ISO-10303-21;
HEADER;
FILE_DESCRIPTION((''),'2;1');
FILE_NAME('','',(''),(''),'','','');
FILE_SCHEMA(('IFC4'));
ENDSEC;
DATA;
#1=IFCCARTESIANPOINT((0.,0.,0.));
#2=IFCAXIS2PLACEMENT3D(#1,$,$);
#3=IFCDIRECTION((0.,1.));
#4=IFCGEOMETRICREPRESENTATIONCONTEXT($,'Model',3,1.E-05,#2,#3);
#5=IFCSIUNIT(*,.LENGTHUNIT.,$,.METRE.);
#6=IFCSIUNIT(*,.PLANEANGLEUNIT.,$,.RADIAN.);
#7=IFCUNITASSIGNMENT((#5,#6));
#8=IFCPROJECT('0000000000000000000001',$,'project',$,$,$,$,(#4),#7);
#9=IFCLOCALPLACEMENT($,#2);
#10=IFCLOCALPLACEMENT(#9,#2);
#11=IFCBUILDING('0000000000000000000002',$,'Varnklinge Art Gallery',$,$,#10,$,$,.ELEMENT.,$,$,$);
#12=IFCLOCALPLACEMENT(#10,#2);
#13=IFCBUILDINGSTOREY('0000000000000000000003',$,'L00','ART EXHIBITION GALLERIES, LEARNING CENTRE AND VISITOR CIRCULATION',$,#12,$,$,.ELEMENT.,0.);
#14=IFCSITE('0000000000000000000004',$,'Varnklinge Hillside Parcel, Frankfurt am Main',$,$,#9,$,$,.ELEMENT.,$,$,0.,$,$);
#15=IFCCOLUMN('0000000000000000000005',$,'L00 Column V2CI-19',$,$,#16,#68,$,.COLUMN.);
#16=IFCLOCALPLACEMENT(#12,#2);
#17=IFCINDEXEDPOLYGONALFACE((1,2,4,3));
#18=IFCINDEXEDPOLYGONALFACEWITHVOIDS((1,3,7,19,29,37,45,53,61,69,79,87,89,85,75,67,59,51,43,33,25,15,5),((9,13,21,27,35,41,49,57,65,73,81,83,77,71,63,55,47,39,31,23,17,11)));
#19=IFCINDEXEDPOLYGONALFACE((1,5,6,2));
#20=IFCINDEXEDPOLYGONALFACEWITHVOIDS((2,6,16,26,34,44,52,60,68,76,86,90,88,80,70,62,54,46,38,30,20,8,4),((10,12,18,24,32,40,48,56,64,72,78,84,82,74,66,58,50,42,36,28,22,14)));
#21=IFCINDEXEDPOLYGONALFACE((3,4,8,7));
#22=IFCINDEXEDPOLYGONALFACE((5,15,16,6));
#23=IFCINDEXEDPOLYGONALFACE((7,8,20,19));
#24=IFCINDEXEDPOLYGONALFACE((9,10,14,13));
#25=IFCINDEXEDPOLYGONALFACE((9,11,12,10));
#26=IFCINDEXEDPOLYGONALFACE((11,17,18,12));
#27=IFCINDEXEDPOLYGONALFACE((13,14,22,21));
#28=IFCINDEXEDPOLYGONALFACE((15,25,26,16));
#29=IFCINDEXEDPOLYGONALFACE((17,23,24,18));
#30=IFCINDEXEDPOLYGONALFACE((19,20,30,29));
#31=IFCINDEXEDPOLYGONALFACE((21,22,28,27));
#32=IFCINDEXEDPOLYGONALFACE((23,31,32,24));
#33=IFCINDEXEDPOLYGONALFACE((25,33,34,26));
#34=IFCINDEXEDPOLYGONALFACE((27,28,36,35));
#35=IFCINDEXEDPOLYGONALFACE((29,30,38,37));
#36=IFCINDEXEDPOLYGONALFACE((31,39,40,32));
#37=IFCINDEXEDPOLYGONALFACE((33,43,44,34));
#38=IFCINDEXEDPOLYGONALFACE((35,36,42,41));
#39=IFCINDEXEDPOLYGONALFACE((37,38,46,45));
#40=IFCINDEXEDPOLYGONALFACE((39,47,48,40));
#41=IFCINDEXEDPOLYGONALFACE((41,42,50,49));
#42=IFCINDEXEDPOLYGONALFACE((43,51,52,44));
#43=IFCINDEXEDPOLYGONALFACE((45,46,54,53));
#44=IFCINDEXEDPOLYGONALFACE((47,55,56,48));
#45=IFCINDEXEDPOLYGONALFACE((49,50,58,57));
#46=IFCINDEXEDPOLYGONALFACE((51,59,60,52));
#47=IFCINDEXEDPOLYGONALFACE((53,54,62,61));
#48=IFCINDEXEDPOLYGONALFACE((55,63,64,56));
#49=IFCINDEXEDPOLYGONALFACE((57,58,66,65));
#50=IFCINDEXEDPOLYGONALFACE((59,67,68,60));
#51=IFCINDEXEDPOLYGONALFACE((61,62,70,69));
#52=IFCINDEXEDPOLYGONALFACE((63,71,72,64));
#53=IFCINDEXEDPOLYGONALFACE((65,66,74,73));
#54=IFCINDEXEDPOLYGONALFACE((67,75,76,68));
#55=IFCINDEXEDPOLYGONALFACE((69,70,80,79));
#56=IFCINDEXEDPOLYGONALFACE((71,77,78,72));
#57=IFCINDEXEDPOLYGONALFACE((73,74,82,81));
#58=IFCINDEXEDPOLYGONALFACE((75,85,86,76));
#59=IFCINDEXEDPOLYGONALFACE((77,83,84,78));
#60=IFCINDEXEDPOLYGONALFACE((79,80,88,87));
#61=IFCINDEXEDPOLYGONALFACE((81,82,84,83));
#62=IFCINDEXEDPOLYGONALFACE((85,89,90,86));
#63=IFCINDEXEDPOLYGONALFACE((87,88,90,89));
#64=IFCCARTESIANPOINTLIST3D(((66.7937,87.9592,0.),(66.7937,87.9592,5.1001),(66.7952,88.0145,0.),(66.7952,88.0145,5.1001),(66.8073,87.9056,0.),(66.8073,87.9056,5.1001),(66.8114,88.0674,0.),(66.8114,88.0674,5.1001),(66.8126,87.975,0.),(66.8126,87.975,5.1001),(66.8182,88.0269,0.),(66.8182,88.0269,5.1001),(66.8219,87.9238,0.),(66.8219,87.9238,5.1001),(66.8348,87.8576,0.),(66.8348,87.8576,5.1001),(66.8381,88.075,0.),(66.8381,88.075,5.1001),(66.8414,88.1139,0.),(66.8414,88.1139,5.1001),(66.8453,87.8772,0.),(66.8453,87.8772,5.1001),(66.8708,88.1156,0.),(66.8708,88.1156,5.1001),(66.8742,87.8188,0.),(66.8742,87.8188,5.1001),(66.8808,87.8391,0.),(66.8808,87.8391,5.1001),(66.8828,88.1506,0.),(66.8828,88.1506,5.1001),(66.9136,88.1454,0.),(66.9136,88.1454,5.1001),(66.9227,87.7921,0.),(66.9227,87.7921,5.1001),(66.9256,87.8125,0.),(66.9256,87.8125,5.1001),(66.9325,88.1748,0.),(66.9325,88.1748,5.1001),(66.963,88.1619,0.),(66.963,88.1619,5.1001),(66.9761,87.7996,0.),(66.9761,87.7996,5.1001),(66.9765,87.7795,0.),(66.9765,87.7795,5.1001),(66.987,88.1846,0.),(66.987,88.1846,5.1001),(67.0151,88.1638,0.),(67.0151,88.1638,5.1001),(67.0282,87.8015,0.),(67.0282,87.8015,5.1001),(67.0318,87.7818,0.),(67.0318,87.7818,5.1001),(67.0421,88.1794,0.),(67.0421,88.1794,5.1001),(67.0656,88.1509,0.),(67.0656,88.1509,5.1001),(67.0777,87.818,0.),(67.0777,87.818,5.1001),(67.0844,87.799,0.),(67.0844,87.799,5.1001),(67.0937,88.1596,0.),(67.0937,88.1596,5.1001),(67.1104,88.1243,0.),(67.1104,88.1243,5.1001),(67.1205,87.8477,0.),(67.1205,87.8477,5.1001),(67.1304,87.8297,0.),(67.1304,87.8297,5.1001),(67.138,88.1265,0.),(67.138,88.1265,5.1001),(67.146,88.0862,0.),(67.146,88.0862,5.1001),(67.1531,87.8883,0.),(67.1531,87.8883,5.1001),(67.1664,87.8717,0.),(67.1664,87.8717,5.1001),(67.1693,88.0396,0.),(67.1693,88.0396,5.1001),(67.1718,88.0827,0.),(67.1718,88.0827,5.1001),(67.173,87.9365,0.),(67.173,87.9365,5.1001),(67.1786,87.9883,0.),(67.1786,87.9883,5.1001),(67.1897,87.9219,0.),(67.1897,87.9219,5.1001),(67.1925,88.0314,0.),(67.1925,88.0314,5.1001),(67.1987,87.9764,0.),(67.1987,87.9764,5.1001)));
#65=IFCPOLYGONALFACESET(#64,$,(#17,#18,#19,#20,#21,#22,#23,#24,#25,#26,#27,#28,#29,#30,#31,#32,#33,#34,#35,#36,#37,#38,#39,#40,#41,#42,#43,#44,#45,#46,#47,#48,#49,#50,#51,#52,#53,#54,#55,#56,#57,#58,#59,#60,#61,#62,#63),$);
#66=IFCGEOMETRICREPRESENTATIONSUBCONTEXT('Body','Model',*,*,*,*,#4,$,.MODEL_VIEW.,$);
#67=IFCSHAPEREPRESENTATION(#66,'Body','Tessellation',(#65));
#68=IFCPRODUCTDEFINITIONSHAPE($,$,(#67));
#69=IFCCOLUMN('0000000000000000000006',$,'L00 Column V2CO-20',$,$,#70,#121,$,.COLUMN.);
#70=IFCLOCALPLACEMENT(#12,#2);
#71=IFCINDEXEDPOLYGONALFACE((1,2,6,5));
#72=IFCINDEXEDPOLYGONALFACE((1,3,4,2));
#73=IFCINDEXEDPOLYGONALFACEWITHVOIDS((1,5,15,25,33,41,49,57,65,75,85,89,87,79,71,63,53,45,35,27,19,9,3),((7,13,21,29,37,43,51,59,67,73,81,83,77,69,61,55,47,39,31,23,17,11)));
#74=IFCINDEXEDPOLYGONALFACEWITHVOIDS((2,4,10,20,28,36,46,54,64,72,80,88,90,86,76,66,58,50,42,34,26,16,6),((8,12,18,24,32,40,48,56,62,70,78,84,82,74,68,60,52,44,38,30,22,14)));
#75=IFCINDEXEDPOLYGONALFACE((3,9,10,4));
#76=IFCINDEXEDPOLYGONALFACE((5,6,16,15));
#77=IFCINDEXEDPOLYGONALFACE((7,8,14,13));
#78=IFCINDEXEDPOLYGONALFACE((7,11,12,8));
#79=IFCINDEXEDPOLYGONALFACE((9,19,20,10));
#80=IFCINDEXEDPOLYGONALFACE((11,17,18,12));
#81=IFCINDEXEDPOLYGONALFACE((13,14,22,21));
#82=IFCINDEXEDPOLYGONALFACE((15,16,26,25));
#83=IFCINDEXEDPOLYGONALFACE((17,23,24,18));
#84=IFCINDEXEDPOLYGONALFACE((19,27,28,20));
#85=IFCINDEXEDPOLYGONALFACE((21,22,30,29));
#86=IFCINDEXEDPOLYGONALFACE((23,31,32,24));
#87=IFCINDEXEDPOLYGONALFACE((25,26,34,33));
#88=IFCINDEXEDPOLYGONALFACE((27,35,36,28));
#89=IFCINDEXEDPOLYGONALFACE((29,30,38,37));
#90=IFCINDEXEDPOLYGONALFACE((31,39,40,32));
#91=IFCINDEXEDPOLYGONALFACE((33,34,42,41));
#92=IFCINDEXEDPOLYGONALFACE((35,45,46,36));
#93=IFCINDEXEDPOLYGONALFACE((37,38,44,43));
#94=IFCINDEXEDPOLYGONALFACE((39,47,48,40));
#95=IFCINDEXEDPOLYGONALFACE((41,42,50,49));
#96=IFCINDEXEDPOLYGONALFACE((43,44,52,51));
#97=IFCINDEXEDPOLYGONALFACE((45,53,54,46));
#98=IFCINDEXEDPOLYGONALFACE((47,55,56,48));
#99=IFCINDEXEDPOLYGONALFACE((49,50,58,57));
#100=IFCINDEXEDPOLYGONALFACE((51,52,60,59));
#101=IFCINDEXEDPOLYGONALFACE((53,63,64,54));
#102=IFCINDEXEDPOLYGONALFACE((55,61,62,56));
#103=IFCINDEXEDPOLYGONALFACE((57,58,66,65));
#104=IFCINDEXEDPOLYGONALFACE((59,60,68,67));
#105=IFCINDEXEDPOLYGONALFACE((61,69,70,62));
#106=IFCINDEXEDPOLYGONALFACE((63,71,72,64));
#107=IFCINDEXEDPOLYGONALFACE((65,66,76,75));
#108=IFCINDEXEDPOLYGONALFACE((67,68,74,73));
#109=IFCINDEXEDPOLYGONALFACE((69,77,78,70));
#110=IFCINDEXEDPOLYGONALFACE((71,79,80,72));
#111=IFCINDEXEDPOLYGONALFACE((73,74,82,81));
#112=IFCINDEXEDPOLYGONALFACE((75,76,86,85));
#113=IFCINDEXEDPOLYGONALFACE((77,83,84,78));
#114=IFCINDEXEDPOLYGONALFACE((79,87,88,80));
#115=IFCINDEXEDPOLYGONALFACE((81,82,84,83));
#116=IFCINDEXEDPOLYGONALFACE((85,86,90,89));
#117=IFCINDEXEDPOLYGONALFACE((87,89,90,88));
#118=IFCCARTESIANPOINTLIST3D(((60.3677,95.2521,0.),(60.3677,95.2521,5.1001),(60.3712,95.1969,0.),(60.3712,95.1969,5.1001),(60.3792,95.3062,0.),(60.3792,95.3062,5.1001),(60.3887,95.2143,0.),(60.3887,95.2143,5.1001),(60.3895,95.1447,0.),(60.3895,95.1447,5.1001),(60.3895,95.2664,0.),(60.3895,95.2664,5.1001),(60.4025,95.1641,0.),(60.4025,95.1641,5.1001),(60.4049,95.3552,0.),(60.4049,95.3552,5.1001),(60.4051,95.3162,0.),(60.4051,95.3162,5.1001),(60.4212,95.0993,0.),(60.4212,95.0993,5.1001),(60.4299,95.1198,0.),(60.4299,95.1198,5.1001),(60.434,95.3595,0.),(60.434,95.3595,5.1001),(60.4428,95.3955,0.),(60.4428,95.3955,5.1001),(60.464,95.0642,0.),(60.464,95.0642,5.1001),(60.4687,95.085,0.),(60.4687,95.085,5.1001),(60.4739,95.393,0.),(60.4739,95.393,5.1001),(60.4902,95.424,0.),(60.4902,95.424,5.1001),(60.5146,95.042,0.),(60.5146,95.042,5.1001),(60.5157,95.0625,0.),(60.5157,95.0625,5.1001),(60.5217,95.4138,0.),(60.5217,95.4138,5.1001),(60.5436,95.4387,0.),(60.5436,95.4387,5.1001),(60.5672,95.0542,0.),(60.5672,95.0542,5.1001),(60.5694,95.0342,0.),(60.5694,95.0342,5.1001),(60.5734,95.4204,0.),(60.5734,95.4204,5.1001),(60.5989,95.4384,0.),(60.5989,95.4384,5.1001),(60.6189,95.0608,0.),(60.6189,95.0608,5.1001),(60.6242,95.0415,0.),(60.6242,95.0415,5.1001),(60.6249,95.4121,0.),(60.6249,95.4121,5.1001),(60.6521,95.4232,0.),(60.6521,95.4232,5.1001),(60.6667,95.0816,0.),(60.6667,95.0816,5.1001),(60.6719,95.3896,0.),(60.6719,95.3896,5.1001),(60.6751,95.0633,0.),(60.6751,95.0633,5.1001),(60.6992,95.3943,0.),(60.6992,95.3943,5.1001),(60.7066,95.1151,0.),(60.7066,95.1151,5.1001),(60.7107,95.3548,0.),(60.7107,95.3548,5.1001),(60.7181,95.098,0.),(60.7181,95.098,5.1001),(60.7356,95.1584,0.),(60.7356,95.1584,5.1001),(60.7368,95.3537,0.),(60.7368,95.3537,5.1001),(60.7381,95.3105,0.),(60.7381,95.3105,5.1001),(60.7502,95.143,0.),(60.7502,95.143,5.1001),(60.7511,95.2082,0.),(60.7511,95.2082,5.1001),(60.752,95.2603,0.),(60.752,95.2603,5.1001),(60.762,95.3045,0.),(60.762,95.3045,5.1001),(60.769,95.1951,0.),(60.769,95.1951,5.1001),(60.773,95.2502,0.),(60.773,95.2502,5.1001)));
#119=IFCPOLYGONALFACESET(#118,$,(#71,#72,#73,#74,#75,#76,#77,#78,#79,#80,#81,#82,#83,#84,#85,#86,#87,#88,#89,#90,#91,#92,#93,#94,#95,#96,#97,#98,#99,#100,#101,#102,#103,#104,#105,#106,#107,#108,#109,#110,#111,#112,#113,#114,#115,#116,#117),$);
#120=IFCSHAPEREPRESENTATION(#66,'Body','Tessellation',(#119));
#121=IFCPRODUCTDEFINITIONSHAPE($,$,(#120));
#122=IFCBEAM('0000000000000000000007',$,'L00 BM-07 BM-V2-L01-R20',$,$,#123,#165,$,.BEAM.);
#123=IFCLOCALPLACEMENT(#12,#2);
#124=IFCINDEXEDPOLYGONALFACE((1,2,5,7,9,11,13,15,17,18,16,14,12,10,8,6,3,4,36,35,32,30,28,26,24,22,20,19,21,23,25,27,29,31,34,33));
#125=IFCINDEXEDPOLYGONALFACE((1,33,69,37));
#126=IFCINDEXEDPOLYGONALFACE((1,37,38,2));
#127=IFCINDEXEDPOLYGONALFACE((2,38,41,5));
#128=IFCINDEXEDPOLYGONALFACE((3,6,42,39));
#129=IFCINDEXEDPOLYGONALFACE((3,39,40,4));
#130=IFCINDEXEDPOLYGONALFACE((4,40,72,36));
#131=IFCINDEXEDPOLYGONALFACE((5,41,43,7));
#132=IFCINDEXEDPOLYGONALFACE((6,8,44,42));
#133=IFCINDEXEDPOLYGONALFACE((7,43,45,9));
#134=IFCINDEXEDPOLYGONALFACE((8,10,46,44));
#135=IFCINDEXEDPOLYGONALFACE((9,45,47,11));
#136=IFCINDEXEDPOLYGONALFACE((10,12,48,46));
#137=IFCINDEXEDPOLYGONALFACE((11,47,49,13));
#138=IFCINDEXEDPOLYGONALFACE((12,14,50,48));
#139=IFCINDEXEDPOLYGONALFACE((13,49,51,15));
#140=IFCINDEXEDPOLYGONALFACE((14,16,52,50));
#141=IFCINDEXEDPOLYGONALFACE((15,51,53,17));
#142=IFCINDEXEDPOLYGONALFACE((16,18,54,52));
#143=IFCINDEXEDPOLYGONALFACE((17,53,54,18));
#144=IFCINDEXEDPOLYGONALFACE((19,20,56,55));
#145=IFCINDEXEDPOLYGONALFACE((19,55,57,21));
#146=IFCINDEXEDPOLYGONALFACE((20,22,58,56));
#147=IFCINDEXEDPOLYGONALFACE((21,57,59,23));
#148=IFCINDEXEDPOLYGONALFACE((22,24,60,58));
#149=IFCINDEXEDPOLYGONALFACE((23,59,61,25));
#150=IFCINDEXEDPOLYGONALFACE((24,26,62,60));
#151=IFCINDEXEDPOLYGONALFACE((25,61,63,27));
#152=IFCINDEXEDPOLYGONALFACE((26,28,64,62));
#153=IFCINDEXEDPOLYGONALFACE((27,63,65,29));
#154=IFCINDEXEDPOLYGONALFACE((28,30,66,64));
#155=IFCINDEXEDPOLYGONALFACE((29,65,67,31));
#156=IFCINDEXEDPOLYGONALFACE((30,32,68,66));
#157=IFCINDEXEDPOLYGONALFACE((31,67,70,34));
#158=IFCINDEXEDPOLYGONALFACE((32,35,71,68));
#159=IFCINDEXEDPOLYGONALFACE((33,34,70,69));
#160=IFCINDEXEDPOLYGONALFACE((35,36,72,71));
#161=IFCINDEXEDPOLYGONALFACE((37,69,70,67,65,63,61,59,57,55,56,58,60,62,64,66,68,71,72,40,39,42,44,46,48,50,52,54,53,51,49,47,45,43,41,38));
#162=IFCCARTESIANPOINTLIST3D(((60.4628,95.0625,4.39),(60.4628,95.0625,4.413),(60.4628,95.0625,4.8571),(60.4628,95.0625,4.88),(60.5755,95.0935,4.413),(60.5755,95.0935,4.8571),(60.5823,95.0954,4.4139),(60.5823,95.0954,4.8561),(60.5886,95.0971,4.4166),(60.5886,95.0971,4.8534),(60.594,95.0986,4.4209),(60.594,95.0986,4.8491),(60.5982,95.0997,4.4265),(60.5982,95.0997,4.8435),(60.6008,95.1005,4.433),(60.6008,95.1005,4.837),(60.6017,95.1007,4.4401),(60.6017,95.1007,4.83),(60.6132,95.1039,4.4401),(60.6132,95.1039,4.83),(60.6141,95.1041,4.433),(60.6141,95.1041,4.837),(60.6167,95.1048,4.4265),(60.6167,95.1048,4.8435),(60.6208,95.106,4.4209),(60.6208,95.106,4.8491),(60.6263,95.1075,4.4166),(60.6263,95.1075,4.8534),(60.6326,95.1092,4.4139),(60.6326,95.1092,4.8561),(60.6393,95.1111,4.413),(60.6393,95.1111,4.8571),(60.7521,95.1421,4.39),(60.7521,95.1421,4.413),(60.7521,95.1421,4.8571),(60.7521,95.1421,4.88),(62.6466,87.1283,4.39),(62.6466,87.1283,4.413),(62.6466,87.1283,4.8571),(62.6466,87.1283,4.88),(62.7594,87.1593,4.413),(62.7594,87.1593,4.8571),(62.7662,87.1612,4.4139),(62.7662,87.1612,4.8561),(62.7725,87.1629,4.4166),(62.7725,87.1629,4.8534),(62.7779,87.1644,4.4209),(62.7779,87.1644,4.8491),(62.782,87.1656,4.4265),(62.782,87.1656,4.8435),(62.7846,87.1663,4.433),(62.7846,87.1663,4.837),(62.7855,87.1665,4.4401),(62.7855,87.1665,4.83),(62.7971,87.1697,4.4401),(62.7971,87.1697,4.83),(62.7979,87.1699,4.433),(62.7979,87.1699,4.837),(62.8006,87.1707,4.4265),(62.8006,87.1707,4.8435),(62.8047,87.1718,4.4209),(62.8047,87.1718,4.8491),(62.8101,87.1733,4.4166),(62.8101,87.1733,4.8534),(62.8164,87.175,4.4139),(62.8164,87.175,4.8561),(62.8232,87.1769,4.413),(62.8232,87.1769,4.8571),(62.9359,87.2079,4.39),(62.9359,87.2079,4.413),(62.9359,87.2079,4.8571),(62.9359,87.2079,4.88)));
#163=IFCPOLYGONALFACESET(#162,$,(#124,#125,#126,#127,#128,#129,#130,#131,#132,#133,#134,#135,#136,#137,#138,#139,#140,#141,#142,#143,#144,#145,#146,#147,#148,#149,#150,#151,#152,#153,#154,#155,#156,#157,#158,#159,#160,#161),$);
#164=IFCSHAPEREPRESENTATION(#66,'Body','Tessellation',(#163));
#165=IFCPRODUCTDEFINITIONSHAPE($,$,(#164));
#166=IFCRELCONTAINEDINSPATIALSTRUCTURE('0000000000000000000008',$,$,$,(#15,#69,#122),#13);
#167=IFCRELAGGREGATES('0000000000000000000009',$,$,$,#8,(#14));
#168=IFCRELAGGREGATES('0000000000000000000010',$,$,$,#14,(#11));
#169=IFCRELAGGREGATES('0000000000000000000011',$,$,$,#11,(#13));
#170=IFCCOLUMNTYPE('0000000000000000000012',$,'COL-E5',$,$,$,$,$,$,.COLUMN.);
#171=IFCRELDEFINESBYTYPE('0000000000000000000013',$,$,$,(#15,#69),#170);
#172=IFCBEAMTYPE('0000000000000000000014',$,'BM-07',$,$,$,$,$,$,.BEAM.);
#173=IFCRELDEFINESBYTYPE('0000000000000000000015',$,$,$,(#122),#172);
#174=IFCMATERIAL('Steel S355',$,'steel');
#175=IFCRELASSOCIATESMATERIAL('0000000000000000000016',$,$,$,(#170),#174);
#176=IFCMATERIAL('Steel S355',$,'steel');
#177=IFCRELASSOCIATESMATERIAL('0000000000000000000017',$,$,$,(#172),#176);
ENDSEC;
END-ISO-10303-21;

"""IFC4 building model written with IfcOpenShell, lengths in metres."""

from ifc_helpers import new_model, si_unit, direction, frame, origin, origin_2d, place, context, subcontext, project, spatial, hollow_circle, i_section, extrude, material, material_profile, profile_set, type_object, element, save


model = new_model("IFC4")

# Units and contexts
model_context = context("Model", 3, precision=1e-05, world=origin(), true_north=direction((0.0, 1.0)))
body_context = subcontext(model_context, "Body", "Model", "MODEL_VIEW")
ifc_project = project(units=[si_unit("LENGTHUNIT", "METRE"), si_unit("PLANEANGLEUNIT", "RADIAN")], contexts=[model_context])

# Site, building, storey
site_placement = place(None, origin())
site = spatial("IfcSite", under=ifc_project, at=site_placement, Name="Varnklinge Hillside Parcel, Frankfurt am Main", CompositionType="ELEMENT", RefElevation=0.0)
building_placement = place(site_placement, origin())
building = spatial("IfcBuilding", under=site, at=building_placement, Name="Varnklinge Art Gallery", CompositionType="ELEMENT")
storey_placement = place(building_placement, origin())
storey = spatial("IfcBuildingStorey", under=building, at=storey_placement, Name="L00", Description="ART EXHIBITION GALLERIES, LEARNING CENTRE AND VISITOR CIRCULATION", CompositionType="ELEMENT", Elevation=0.0)

# Columns
ifc_material_1 = material(Name="Steel S355", Category="steel")
ifc_material_profile_1 = material_profile(ifc_material_1, hollow_circle(Radius=0.2031, WallThickness=0.02, at=origin_2d()), Name="CHS 406.4x20")
ifc_profile_set_1 = profile_set([ifc_material_profile_1], Name="Steel S355")
column_type = type_object("IfcColumnType", Name="COL-E5", PredefinedType="COLUMN", material=ifc_profile_set_1)
for number, where, z_axis, x_axis, name in (
    (1, (66.9956, 87.9817, 0.0), (0.0, 0.0, 1.0), (0.178115, -0.98401, 0.0), "L00 Column V2CI-19"),
    (2, (60.5703, 95.2373, 0.0), (0.0, 0.0, 1.0), (0.265388, -0.964142, 0.0), "L00 Column V2CO-20"),
):
    element("IfcColumn", number, at=place(storey_placement, frame(where, z_axis=z_axis, x_axis=x_axis)), inside=storey, type_object=column_type, Name=name, PredefinedType="COLUMN", context=body_context, shape_type="SweptSolid", body=[
        extrude(hollow_circle(Radius=0.2031, WallThickness=0.02, at=origin_2d()), origin(), (0.0, 0.0, 1.0), 5.1001),
    ])

# Beam
ifc_material_2 = material(Name="Steel S355", Category="steel")
ifc_material_profile_2 = material_profile(ifc_material_2, i_section(OverallWidth=0.3, OverallDepth=0.49, WebThickness=0.012, FlangeThickness=0.0229, FilletRadius=0.0271, at=origin_2d()), Name="HEA 500")
ifc_profile_set_2 = profile_set([ifc_material_profile_2], Name="Steel S355")
beam_type_1 = type_object("IfcBeamType", Name="BM-07", PredefinedType="BEAM", material=ifc_profile_set_2)
beam_1_placement = place(storey_placement, frame((60.6074, 95.1023, 4.635), z_axis=(0.265379, -0.964144, 0.0), x_axis=(0.964144, 0.265379, 0.0)))
element("IfcBeam", 3, at=beam_1_placement, inside=storey, type_object=beam_type_1, Name="L00 BM-07 BM-V2-L01-R20", PredefinedType="BEAM", context=body_context, shape_type="SweptSolid", body=[
    extrude(i_section(OverallWidth=0.3, OverallDepth=0.49, WebThickness=0.012, FlangeThickness=0.0229, FilletRadius=0.0271, at=origin_2d()), origin(), (0.0, 0.0, 1.0), 8.2292),
])

save(model, "model.ifc")
